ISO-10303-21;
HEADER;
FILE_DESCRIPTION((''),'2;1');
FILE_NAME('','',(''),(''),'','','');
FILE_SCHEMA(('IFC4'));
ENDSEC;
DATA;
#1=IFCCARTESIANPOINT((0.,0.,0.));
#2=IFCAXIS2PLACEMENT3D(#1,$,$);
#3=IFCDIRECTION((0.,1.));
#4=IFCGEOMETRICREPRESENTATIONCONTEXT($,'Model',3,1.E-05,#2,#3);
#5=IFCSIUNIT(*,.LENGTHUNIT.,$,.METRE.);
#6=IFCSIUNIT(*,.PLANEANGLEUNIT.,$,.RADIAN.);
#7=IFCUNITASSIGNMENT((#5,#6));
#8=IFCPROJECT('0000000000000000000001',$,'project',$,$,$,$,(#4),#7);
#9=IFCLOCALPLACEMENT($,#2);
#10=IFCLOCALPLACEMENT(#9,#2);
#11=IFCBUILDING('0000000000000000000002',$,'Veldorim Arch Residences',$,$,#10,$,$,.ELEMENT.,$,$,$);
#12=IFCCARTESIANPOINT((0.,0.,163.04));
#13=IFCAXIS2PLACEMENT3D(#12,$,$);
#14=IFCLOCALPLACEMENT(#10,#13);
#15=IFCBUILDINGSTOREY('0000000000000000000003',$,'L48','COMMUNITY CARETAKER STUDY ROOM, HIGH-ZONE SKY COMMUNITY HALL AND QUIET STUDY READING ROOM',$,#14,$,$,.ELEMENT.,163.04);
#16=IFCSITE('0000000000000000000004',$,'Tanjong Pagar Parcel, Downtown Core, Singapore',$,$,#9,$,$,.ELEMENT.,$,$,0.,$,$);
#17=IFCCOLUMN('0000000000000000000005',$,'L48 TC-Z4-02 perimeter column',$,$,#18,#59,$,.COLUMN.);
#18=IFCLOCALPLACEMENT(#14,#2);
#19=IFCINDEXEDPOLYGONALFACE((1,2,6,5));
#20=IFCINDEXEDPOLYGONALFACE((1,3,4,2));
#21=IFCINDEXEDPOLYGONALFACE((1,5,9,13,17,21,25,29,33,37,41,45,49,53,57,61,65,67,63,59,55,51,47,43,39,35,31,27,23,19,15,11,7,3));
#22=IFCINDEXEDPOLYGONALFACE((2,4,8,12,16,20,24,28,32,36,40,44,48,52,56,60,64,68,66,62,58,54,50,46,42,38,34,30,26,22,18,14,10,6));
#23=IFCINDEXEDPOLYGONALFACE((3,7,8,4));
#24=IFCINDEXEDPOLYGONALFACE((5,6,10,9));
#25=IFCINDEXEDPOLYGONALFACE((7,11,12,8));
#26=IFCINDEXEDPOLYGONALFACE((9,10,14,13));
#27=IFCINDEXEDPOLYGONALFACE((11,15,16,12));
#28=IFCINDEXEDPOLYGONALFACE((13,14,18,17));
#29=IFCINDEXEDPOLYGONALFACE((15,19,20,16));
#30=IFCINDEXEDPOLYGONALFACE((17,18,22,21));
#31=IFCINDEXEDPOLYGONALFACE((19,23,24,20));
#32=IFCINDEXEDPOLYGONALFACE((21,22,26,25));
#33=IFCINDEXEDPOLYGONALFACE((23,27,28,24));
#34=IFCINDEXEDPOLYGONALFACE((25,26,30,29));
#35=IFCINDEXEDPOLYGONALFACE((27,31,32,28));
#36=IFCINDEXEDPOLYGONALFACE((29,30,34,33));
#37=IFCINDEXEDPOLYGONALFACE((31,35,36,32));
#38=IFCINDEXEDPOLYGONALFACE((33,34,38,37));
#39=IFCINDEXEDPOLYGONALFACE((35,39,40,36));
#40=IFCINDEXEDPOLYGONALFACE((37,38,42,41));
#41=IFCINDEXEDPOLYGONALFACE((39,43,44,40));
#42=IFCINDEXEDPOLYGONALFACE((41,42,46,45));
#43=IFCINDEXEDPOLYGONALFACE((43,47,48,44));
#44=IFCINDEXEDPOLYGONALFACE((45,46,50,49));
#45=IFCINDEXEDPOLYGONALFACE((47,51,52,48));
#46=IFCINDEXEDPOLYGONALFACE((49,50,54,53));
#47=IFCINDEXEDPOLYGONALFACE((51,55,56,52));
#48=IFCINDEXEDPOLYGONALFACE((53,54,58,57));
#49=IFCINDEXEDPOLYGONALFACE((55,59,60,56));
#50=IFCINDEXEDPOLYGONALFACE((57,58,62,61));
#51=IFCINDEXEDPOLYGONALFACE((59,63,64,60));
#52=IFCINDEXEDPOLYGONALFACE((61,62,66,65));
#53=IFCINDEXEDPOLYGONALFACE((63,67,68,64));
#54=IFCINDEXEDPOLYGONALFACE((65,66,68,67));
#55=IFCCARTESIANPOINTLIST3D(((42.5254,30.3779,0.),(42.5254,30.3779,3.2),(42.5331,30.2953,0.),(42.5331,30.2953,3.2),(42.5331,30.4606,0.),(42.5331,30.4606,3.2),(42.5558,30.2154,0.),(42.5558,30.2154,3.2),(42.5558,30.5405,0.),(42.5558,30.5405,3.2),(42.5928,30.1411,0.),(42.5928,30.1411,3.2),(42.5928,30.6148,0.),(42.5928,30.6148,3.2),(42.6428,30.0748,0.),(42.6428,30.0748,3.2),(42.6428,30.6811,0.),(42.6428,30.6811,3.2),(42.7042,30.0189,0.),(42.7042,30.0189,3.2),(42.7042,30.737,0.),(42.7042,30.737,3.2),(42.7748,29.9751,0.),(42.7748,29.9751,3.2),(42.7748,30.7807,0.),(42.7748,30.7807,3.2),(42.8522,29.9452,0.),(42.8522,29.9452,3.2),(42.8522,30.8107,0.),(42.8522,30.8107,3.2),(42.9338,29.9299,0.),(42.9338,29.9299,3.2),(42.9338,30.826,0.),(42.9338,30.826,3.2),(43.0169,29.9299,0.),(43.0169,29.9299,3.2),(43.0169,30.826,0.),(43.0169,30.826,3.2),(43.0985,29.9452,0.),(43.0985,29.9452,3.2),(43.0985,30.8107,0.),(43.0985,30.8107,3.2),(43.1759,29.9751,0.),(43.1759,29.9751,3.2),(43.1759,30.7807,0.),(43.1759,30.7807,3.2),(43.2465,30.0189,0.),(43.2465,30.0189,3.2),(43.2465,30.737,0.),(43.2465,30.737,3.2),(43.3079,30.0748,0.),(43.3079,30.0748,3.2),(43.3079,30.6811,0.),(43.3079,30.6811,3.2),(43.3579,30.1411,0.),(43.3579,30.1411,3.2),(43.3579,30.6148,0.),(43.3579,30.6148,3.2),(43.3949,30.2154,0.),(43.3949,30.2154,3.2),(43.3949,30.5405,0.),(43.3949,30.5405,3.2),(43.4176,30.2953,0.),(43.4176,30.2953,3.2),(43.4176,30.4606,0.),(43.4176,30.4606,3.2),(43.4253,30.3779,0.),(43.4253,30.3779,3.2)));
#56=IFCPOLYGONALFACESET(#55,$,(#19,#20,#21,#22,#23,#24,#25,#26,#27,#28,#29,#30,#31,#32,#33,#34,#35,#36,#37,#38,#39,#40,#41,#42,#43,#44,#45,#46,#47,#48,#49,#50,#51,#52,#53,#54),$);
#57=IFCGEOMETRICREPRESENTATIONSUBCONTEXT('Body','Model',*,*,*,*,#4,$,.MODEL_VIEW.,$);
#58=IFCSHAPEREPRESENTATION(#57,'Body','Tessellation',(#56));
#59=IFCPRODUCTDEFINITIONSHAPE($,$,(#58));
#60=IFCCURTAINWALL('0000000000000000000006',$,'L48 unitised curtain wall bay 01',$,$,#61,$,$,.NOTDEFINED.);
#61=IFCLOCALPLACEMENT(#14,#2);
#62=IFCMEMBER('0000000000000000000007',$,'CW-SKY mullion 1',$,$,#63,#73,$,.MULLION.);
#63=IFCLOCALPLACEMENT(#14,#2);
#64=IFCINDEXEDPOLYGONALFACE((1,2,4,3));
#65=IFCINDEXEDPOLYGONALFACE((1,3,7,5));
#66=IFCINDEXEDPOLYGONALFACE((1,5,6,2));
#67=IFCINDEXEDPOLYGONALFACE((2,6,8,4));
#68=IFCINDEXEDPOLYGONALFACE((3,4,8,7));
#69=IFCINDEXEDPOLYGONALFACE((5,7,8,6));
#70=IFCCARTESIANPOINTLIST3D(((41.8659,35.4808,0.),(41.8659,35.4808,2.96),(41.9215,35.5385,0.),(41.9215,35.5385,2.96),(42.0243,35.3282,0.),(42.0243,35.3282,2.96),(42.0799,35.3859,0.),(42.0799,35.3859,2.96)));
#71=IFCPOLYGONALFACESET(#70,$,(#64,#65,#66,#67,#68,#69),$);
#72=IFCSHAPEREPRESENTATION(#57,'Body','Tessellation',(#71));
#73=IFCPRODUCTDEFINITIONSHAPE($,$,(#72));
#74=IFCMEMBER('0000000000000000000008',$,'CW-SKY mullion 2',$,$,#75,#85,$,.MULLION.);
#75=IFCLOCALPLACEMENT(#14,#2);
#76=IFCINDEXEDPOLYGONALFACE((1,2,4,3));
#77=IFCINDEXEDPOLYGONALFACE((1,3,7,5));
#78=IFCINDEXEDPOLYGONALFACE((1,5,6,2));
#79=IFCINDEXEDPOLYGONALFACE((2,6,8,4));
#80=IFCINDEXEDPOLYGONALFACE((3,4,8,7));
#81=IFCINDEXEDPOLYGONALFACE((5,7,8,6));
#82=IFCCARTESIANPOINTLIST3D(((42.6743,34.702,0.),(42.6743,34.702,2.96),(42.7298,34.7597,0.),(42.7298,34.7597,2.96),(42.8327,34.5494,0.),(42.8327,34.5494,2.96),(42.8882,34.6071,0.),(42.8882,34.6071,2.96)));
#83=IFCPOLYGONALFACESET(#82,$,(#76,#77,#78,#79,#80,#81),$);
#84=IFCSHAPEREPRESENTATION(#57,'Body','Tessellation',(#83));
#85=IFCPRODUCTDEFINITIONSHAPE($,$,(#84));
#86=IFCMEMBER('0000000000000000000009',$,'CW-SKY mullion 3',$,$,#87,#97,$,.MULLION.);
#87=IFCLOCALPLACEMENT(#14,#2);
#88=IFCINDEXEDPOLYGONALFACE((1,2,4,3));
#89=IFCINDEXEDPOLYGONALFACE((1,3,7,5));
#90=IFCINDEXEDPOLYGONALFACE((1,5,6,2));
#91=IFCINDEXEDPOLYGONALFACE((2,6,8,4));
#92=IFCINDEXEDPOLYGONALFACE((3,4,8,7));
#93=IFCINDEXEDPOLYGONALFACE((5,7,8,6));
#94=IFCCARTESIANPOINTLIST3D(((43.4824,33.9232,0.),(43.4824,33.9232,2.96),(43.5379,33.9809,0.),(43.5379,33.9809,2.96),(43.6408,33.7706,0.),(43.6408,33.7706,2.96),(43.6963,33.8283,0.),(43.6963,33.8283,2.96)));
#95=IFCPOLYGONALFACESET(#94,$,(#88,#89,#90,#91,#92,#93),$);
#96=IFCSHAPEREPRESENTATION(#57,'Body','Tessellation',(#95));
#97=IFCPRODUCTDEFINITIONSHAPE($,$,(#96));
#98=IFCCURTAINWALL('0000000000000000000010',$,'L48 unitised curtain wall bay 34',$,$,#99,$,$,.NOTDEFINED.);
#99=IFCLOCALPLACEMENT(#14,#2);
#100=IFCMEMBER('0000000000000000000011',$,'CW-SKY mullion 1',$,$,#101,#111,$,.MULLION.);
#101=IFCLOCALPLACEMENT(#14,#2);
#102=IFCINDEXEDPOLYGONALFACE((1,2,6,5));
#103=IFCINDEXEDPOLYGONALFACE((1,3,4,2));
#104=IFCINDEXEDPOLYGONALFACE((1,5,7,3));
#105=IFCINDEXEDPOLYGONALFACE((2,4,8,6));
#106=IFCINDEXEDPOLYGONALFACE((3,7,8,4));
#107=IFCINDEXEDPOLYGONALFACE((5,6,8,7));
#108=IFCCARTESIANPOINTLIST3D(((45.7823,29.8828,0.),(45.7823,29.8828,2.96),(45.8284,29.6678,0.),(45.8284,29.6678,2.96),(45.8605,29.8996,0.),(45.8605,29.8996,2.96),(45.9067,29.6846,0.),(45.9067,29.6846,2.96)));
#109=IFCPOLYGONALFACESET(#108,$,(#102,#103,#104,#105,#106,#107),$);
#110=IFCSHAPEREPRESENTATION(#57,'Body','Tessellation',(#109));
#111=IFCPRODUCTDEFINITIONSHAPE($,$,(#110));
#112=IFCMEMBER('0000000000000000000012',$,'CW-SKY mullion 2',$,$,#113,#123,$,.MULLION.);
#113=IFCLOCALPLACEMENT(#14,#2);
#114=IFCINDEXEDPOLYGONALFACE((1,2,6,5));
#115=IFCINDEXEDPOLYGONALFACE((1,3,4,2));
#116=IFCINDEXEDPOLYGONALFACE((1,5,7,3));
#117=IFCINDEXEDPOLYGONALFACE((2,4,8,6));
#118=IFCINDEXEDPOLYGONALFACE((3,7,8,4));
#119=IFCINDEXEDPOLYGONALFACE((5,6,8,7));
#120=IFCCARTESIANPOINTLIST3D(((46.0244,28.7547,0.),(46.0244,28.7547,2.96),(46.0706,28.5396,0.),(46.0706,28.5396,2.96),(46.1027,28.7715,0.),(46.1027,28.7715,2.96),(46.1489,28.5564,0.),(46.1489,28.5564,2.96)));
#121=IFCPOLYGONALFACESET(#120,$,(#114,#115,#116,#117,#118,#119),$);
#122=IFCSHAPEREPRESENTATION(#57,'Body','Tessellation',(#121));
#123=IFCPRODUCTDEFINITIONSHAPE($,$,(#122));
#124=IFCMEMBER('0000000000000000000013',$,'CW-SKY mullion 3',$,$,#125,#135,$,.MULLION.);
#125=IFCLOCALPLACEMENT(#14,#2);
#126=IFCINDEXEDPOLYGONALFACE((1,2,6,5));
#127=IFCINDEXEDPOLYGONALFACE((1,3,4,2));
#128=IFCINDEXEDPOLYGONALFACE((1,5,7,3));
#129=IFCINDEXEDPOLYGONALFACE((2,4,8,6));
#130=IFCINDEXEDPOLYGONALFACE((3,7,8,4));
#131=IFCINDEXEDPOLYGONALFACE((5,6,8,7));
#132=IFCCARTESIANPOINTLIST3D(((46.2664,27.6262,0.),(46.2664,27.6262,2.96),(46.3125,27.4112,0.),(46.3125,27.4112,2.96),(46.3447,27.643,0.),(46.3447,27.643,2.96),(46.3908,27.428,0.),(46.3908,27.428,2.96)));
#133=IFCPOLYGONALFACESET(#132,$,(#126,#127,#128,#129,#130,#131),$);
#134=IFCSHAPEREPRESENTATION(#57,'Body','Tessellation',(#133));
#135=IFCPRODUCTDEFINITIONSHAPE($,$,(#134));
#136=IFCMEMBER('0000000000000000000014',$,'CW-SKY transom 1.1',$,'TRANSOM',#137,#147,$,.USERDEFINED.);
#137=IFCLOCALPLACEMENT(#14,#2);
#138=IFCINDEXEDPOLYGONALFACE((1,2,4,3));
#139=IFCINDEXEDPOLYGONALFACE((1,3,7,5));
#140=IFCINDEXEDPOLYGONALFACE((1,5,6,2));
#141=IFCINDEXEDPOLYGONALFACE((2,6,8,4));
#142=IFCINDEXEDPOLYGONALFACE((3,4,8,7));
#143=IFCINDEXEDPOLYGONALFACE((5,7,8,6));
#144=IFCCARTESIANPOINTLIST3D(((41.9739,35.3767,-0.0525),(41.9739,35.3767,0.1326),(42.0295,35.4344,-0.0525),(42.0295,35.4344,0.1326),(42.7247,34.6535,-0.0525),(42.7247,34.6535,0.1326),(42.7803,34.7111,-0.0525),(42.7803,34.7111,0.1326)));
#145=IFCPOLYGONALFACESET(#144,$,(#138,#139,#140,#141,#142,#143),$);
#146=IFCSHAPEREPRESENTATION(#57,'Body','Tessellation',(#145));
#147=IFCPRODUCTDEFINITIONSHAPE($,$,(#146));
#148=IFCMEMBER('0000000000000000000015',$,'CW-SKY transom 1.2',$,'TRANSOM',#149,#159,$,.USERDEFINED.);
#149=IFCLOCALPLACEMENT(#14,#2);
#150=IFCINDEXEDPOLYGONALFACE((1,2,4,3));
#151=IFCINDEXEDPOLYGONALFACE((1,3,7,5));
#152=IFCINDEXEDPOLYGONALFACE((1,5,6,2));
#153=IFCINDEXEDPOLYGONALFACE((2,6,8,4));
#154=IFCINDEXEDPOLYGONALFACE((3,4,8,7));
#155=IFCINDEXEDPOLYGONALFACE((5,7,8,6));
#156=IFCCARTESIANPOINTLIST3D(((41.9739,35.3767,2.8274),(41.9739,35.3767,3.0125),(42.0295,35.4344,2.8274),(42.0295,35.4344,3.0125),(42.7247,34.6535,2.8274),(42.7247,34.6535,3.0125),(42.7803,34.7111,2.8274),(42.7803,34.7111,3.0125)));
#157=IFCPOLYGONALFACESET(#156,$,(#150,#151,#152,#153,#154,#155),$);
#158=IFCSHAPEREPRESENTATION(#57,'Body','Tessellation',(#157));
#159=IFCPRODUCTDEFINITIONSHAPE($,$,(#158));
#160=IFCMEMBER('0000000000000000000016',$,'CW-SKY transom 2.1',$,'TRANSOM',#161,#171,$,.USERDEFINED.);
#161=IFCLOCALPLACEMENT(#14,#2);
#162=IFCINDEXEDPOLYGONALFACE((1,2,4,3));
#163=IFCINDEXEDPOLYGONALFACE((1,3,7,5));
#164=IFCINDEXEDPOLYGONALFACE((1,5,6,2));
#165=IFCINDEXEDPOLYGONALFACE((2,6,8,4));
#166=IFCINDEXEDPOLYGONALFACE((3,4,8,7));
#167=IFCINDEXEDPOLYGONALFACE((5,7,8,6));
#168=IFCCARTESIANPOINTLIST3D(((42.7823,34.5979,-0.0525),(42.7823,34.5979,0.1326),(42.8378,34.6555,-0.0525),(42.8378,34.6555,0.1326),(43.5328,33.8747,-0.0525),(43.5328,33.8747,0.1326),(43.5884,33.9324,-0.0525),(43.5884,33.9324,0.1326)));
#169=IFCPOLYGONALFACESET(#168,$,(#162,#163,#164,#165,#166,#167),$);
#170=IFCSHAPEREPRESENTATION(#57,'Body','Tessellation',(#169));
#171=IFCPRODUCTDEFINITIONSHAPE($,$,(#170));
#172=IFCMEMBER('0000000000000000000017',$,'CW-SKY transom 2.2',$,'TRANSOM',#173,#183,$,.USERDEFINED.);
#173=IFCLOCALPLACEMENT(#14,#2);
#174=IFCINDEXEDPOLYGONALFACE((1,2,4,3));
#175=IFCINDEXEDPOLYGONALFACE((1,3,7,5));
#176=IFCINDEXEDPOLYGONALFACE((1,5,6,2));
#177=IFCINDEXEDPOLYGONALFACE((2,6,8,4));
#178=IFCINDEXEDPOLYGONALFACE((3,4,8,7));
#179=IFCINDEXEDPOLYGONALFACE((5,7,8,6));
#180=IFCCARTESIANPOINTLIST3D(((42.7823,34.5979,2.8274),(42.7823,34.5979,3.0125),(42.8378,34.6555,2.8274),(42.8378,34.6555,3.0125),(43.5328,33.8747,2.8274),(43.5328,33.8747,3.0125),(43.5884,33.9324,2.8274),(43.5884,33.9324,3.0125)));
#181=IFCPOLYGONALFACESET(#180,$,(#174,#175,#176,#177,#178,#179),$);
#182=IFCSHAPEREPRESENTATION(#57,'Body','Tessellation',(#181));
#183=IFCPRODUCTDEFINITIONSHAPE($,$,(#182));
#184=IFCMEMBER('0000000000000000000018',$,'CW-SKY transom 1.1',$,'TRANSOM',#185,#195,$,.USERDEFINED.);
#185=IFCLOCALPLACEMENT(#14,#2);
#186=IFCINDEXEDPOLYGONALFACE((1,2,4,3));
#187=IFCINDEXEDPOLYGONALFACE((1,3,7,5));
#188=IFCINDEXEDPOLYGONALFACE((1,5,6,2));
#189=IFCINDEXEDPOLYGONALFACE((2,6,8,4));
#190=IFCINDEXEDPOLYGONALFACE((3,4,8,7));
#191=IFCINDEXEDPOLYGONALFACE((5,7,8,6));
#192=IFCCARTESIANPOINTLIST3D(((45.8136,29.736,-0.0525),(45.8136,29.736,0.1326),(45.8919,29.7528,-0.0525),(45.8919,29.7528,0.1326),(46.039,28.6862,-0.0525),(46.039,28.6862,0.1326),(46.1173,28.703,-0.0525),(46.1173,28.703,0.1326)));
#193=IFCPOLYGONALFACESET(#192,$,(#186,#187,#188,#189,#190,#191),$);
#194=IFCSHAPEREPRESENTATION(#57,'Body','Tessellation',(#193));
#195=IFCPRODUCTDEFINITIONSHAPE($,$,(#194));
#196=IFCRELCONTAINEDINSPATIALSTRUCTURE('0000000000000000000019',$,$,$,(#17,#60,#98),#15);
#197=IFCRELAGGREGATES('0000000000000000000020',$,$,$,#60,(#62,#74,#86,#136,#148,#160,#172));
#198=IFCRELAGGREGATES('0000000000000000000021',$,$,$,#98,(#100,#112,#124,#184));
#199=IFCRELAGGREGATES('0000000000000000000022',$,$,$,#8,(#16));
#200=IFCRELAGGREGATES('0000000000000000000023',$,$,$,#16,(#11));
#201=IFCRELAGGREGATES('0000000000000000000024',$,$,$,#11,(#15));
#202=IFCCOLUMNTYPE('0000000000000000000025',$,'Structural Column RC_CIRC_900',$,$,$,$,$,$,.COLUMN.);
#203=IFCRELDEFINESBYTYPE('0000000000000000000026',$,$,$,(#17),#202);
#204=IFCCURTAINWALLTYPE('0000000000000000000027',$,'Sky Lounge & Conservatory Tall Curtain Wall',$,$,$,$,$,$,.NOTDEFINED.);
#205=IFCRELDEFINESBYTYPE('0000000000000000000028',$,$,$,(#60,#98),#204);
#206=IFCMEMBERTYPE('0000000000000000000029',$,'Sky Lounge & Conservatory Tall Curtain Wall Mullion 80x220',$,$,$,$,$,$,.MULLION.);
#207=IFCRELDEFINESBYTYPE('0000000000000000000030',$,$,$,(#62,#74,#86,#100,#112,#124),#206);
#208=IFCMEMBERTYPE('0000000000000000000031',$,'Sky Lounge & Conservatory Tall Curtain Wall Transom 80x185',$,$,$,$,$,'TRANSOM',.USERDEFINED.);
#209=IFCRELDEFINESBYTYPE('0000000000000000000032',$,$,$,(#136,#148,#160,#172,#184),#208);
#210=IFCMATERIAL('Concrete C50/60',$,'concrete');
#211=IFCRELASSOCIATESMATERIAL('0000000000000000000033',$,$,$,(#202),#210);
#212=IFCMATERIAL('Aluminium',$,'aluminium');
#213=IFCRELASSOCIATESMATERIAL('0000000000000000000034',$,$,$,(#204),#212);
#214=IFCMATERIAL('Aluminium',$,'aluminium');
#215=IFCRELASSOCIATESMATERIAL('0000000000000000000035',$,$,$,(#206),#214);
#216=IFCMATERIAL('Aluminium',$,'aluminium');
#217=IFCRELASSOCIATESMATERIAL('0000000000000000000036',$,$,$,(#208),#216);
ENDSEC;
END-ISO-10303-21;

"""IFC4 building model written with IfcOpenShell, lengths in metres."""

from ifc_helpers import new_model, si_unit, direction, frame, origin, origin_2d, place, context, subcontext, project, spatial, rectangle, circle, extrude, material, material_profile, profile_set, type_object, element, aggregate, save


model = new_model("IFC4")

# Units and contexts
model_context = context("Model", 3, precision=1e-05, world=origin(), true_north=direction((0.0, 1.0)))
body_context = subcontext(model_context, "Body", "Model", "MODEL_VIEW")
ifc_project = project(units=[si_unit("LENGTHUNIT", "METRE"), si_unit("PLANEANGLEUNIT", "RADIAN")], contexts=[model_context])

# Site, building, storey
site_placement = place(None, origin())
site = spatial("IfcSite", under=ifc_project, at=site_placement, Name="Tanjong Pagar Parcel, Downtown Core, Singapore", CompositionType="ELEMENT", RefElevation=0.0)
building_placement = place(site_placement, origin())
building = spatial("IfcBuilding", under=site, at=building_placement, Name="Veldorim Arch Residences", CompositionType="ELEMENT")
storey_placement = place(building_placement, frame((0.0, 0.0, 163.04)))
storey = spatial("IfcBuildingStorey", under=building, at=storey_placement, Name="L48", Description="COMMUNITY CARETAKER STUDY ROOM, HIGH-ZONE SKY COMMUNITY HALL AND QUIET STUDY READING ROOM", CompositionType="ELEMENT", Elevation=163.04)

# Column
ifc_material_1 = material(Name="Concrete C50/60", Category="concrete")
ifc_material_profile_1 = material_profile(ifc_material_1, circle(Radius=0.45, at=origin_2d()), Name="RC_CIRC_900")
ifc_profile_set_1 = profile_set([ifc_material_profile_1], Name="Concrete C50/60")
column_type = type_object("IfcColumnType", Name="Structural Column RC_CIRC_900", PredefinedType="COLUMN", material=ifc_profile_set_1)
column_placement = place(storey_placement, frame((42.9753, 30.3779, 0.0), z_axis=(0.0, 0.0, 1.0), x_axis=(1.0, 0.0, 0.0)))
element("IfcColumn", 1, at=column_placement, inside=storey, type_object=column_type, Name="L48 TC-Z4-02 perimeter column", PredefinedType="COLUMN", context=body_context, shape_type="SweptSolid", body=[
    extrude(circle(Radius=0.45, at=origin_2d()), origin(), (0.0, 0.0, 1.0), 3.2),
])

# Curtain walls, members
ifc_material_2 = material(Name="Aluminium", Category="aluminium")
curtain_wall_type = type_object("IfcCurtainWallType", Name="Sky Lounge & Conservatory Tall Curtain Wall", PredefinedType="NOTDEFINED", material=ifc_material_2)
curtain_wall_1_placement = place(storey_placement, origin())
curtain_wall_1 = element("IfcCurtainWall", 2, at=curtain_wall_1_placement, inside=storey, type_object=curtain_wall_type, Name="L48 unitised curtain wall bay 01", PredefinedType="NOTDEFINED")
ifc_material_3 = material(Name="Aluminium", Category="aluminium")
ifc_material_profile_2 = material_profile(ifc_material_3, rectangle(XDim=0.0801, YDim=0.22, at=origin_2d()), Name="ALU_MUL_80x220")
ifc_profile_set_2 = profile_set([ifc_material_profile_2], Name="Aluminium")
member_type_1 = type_object("IfcMemberType", Name="Sky Lounge & Conservatory Tall Curtain Wall Mullion 80x220", PredefinedType="MULLION", material=ifc_profile_set_2)
member_1_placement = place(storey_placement, frame((41.9729, 35.4333, 0.0), z_axis=(0.0, 0.0, 1.0), x_axis=(0.693821, 0.720147, 0.0)))
member_1 = element("IfcMember", 3, at=member_1_placement, type_object=member_type_1, Name="CW-SKY mullion 1", PredefinedType="MULLION", context=body_context, shape_type="SweptSolid", body=[
    extrude(rectangle(XDim=0.0801, YDim=0.22, at=origin_2d()), origin(), (0.0, 0.0, 1.0), 2.96),
])
member_2_placement = place(storey_placement, frame((42.7812, 34.6545, 0.0), z_axis=(0.0, 0.0, 1.0), x_axis=(0.693821, 0.720147, 0.0)))
member_2 = element("IfcMember", 4, at=member_2_placement, type_object=member_type_1, Name="CW-SKY mullion 2", PredefinedType="MULLION", context=body_context, shape_type="SweptSolid", body=[
    extrude(rectangle(XDim=0.0801, YDim=0.22, at=origin_2d()), origin(), (0.0, 0.0, 1.0), 2.96),
])
member_3_placement = place(storey_placement, frame((43.5894, 33.8757, 0.0), z_axis=(0.0, 0.0, 1.0), x_axis=(0.693821, 0.720147, 0.0)))
member_3 = element("IfcMember", 5, at=member_3_placement, type_object=member_type_1, Name="CW-SKY mullion 3", PredefinedType="MULLION", context=body_context, shape_type="SweptSolid", body=[
    extrude(rectangle(XDim=0.0801, YDim=0.22, at=origin_2d()), origin(), (0.0, 0.0, 1.0), 2.96),
])
curtain_wall_2_placement = place(storey_placement, origin())
curtain_wall_2 = element("IfcCurtainWall", 6, at=curtain_wall_2_placement, inside=storey, type_object=curtain_wall_type, Name="L48 unitised curtain wall bay 34", PredefinedType="NOTDEFINED")
member_4_placement = place(storey_placement, frame((45.8445, 29.7837, 0.0), z_axis=(0.0, 0.0, 1.0), x_axis=(0.977731, 0.209861, 0.0)))
member_4 = element("IfcMember", 7, at=member_4_placement, type_object=member_type_1, Name="CW-SKY mullion 1", PredefinedType="MULLION", context=body_context, shape_type="SweptSolid", body=[
    extrude(rectangle(XDim=0.0801, YDim=0.22, at=origin_2d()), origin(), (0.0, 0.0, 1.0), 2.96),
])
member_5_placement = place(storey_placement, frame((46.0867, 28.6555, 0.0), z_axis=(0.0, 0.0, 1.0), x_axis=(0.977731, 0.209861, 0.0)))
member_5 = element("IfcMember", 8, at=member_5_placement, type_object=member_type_1, Name="CW-SKY mullion 2", PredefinedType="MULLION", context=body_context, shape_type="SweptSolid", body=[
    extrude(rectangle(XDim=0.0801, YDim=0.22, at=origin_2d()), origin(), (0.0, 0.0, 1.0), 2.96),
])
member_6_placement = place(storey_placement, frame((46.3286, 27.5271, 0.0), z_axis=(0.0, 0.0, 1.0), x_axis=(0.977731, 0.209861, 0.0)))
member_6 = element("IfcMember", 9, at=member_6_placement, type_object=member_type_1, Name="CW-SKY mullion 3", PredefinedType="MULLION", context=body_context, shape_type="SweptSolid", body=[
    extrude(rectangle(XDim=0.0801, YDim=0.22, at=origin_2d()), origin(), (0.0, 0.0, 1.0), 2.96),
])

# Members
ifc_material_4 = material(Name="Aluminium", Category="aluminium")
ifc_material_profile_3 = material_profile(ifc_material_4, rectangle(XDim=0.0801, YDim=0.1851, at=origin_2d()), Name="ALU_TRN_80x185")
ifc_profile_set_3 = profile_set([ifc_material_profile_3], Name="Aluminium")
member_type_2 = type_object("IfcMemberType", Name="Sky Lounge & Conservatory Tall Curtain Wall Transom 80x185", ElementType="TRANSOM", PredefinedType="USERDEFINED", material=ifc_profile_set_3)
member_7_placement = place(storey_placement, frame((42.0017, 35.4055, 0.04), z_axis=(0.720216, -0.69375, 0.0), x_axis=(0.69375, 0.720216, 0.0)))
member_7 = element("IfcMember", 10, at=member_7_placement, type_object=member_type_2, Name="CW-SKY transom 1.1", ObjectType="TRANSOM", PredefinedType="USERDEFINED", context=body_context, shape_type="SweptSolid", body=[
    extrude(rectangle(XDim=0.0801, YDim=0.1851, at=origin_2d()), origin(), (0.0, 0.0, 1.0), 1.0425),
])
member_8_placement = place(storey_placement, frame((42.0017, 35.4055, 2.9199), z_axis=(0.720216, -0.69375, 0.0), x_axis=(0.69375, 0.720216, 0.0)))
member_8 = element("IfcMember", 11, at=member_8_placement, type_object=member_type_2, Name="CW-SKY transom 1.2", ObjectType="TRANSOM", PredefinedType="USERDEFINED", context=body_context, shape_type="SweptSolid", body=[
    extrude(rectangle(XDim=0.0801, YDim=0.1851, at=origin_2d()), origin(), (0.0, 0.0, 1.0), 1.0425),
])
member_9_placement = place(storey_placement, frame((42.8101, 34.6267, 0.04), z_axis=(0.720103, -0.693867, 0.0), x_axis=(0.693867, 0.720103, 0.0)))
member_9 = element("IfcMember", 12, at=member_9_placement, type_object=member_type_2, Name="CW-SKY transom 2.1", ObjectType="TRANSOM", PredefinedType="USERDEFINED", context=body_context, shape_type="SweptSolid", body=[
    extrude(rectangle(XDim=0.0801, YDim=0.1851, at=origin_2d()), origin(), (0.0, 0.0, 1.0), 1.0422),
])
member_10_placement = place(storey_placement, frame((42.8101, 34.6267, 2.9199), z_axis=(0.720103, -0.693867, 0.0), x_axis=(0.693867, 0.720103, 0.0)))
member_10 = element("IfcMember", 13, at=member_10_placement, type_object=member_type_2, Name="CW-SKY transom 2.2", ObjectType="TRANSOM", PredefinedType="USERDEFINED", context=body_context, shape_type="SweptSolid", body=[
    extrude(rectangle(XDim=0.0801, YDim=0.1851, at=origin_2d()), origin(), (0.0, 0.0, 1.0), 1.0422),
])
member_11_placement = place(storey_placement, frame((45.8528, 29.7444, 0.04), z_axis=(0.209871, -0.977729, 0.0), x_axis=(0.977729, 0.209871, 0.0)))
member_11 = element("IfcMember", 14, at=member_11_placement, type_object=member_type_2, Name="CW-SKY transom 1.1", ObjectType="TRANSOM", PredefinedType="USERDEFINED", context=body_context, shape_type="SweptSolid", body=[
    extrude(rectangle(XDim=0.0801, YDim=0.1851, at=origin_2d()), origin(), (0.0, 0.0, 1.0), 1.0737),
])

aggregate(curtain_wall_1, [member_1, member_2, member_3, member_7, member_8, member_9, member_10])
aggregate(curtain_wall_2, [member_4, member_5, member_6, member_11])

save(model, "model.ifc")
